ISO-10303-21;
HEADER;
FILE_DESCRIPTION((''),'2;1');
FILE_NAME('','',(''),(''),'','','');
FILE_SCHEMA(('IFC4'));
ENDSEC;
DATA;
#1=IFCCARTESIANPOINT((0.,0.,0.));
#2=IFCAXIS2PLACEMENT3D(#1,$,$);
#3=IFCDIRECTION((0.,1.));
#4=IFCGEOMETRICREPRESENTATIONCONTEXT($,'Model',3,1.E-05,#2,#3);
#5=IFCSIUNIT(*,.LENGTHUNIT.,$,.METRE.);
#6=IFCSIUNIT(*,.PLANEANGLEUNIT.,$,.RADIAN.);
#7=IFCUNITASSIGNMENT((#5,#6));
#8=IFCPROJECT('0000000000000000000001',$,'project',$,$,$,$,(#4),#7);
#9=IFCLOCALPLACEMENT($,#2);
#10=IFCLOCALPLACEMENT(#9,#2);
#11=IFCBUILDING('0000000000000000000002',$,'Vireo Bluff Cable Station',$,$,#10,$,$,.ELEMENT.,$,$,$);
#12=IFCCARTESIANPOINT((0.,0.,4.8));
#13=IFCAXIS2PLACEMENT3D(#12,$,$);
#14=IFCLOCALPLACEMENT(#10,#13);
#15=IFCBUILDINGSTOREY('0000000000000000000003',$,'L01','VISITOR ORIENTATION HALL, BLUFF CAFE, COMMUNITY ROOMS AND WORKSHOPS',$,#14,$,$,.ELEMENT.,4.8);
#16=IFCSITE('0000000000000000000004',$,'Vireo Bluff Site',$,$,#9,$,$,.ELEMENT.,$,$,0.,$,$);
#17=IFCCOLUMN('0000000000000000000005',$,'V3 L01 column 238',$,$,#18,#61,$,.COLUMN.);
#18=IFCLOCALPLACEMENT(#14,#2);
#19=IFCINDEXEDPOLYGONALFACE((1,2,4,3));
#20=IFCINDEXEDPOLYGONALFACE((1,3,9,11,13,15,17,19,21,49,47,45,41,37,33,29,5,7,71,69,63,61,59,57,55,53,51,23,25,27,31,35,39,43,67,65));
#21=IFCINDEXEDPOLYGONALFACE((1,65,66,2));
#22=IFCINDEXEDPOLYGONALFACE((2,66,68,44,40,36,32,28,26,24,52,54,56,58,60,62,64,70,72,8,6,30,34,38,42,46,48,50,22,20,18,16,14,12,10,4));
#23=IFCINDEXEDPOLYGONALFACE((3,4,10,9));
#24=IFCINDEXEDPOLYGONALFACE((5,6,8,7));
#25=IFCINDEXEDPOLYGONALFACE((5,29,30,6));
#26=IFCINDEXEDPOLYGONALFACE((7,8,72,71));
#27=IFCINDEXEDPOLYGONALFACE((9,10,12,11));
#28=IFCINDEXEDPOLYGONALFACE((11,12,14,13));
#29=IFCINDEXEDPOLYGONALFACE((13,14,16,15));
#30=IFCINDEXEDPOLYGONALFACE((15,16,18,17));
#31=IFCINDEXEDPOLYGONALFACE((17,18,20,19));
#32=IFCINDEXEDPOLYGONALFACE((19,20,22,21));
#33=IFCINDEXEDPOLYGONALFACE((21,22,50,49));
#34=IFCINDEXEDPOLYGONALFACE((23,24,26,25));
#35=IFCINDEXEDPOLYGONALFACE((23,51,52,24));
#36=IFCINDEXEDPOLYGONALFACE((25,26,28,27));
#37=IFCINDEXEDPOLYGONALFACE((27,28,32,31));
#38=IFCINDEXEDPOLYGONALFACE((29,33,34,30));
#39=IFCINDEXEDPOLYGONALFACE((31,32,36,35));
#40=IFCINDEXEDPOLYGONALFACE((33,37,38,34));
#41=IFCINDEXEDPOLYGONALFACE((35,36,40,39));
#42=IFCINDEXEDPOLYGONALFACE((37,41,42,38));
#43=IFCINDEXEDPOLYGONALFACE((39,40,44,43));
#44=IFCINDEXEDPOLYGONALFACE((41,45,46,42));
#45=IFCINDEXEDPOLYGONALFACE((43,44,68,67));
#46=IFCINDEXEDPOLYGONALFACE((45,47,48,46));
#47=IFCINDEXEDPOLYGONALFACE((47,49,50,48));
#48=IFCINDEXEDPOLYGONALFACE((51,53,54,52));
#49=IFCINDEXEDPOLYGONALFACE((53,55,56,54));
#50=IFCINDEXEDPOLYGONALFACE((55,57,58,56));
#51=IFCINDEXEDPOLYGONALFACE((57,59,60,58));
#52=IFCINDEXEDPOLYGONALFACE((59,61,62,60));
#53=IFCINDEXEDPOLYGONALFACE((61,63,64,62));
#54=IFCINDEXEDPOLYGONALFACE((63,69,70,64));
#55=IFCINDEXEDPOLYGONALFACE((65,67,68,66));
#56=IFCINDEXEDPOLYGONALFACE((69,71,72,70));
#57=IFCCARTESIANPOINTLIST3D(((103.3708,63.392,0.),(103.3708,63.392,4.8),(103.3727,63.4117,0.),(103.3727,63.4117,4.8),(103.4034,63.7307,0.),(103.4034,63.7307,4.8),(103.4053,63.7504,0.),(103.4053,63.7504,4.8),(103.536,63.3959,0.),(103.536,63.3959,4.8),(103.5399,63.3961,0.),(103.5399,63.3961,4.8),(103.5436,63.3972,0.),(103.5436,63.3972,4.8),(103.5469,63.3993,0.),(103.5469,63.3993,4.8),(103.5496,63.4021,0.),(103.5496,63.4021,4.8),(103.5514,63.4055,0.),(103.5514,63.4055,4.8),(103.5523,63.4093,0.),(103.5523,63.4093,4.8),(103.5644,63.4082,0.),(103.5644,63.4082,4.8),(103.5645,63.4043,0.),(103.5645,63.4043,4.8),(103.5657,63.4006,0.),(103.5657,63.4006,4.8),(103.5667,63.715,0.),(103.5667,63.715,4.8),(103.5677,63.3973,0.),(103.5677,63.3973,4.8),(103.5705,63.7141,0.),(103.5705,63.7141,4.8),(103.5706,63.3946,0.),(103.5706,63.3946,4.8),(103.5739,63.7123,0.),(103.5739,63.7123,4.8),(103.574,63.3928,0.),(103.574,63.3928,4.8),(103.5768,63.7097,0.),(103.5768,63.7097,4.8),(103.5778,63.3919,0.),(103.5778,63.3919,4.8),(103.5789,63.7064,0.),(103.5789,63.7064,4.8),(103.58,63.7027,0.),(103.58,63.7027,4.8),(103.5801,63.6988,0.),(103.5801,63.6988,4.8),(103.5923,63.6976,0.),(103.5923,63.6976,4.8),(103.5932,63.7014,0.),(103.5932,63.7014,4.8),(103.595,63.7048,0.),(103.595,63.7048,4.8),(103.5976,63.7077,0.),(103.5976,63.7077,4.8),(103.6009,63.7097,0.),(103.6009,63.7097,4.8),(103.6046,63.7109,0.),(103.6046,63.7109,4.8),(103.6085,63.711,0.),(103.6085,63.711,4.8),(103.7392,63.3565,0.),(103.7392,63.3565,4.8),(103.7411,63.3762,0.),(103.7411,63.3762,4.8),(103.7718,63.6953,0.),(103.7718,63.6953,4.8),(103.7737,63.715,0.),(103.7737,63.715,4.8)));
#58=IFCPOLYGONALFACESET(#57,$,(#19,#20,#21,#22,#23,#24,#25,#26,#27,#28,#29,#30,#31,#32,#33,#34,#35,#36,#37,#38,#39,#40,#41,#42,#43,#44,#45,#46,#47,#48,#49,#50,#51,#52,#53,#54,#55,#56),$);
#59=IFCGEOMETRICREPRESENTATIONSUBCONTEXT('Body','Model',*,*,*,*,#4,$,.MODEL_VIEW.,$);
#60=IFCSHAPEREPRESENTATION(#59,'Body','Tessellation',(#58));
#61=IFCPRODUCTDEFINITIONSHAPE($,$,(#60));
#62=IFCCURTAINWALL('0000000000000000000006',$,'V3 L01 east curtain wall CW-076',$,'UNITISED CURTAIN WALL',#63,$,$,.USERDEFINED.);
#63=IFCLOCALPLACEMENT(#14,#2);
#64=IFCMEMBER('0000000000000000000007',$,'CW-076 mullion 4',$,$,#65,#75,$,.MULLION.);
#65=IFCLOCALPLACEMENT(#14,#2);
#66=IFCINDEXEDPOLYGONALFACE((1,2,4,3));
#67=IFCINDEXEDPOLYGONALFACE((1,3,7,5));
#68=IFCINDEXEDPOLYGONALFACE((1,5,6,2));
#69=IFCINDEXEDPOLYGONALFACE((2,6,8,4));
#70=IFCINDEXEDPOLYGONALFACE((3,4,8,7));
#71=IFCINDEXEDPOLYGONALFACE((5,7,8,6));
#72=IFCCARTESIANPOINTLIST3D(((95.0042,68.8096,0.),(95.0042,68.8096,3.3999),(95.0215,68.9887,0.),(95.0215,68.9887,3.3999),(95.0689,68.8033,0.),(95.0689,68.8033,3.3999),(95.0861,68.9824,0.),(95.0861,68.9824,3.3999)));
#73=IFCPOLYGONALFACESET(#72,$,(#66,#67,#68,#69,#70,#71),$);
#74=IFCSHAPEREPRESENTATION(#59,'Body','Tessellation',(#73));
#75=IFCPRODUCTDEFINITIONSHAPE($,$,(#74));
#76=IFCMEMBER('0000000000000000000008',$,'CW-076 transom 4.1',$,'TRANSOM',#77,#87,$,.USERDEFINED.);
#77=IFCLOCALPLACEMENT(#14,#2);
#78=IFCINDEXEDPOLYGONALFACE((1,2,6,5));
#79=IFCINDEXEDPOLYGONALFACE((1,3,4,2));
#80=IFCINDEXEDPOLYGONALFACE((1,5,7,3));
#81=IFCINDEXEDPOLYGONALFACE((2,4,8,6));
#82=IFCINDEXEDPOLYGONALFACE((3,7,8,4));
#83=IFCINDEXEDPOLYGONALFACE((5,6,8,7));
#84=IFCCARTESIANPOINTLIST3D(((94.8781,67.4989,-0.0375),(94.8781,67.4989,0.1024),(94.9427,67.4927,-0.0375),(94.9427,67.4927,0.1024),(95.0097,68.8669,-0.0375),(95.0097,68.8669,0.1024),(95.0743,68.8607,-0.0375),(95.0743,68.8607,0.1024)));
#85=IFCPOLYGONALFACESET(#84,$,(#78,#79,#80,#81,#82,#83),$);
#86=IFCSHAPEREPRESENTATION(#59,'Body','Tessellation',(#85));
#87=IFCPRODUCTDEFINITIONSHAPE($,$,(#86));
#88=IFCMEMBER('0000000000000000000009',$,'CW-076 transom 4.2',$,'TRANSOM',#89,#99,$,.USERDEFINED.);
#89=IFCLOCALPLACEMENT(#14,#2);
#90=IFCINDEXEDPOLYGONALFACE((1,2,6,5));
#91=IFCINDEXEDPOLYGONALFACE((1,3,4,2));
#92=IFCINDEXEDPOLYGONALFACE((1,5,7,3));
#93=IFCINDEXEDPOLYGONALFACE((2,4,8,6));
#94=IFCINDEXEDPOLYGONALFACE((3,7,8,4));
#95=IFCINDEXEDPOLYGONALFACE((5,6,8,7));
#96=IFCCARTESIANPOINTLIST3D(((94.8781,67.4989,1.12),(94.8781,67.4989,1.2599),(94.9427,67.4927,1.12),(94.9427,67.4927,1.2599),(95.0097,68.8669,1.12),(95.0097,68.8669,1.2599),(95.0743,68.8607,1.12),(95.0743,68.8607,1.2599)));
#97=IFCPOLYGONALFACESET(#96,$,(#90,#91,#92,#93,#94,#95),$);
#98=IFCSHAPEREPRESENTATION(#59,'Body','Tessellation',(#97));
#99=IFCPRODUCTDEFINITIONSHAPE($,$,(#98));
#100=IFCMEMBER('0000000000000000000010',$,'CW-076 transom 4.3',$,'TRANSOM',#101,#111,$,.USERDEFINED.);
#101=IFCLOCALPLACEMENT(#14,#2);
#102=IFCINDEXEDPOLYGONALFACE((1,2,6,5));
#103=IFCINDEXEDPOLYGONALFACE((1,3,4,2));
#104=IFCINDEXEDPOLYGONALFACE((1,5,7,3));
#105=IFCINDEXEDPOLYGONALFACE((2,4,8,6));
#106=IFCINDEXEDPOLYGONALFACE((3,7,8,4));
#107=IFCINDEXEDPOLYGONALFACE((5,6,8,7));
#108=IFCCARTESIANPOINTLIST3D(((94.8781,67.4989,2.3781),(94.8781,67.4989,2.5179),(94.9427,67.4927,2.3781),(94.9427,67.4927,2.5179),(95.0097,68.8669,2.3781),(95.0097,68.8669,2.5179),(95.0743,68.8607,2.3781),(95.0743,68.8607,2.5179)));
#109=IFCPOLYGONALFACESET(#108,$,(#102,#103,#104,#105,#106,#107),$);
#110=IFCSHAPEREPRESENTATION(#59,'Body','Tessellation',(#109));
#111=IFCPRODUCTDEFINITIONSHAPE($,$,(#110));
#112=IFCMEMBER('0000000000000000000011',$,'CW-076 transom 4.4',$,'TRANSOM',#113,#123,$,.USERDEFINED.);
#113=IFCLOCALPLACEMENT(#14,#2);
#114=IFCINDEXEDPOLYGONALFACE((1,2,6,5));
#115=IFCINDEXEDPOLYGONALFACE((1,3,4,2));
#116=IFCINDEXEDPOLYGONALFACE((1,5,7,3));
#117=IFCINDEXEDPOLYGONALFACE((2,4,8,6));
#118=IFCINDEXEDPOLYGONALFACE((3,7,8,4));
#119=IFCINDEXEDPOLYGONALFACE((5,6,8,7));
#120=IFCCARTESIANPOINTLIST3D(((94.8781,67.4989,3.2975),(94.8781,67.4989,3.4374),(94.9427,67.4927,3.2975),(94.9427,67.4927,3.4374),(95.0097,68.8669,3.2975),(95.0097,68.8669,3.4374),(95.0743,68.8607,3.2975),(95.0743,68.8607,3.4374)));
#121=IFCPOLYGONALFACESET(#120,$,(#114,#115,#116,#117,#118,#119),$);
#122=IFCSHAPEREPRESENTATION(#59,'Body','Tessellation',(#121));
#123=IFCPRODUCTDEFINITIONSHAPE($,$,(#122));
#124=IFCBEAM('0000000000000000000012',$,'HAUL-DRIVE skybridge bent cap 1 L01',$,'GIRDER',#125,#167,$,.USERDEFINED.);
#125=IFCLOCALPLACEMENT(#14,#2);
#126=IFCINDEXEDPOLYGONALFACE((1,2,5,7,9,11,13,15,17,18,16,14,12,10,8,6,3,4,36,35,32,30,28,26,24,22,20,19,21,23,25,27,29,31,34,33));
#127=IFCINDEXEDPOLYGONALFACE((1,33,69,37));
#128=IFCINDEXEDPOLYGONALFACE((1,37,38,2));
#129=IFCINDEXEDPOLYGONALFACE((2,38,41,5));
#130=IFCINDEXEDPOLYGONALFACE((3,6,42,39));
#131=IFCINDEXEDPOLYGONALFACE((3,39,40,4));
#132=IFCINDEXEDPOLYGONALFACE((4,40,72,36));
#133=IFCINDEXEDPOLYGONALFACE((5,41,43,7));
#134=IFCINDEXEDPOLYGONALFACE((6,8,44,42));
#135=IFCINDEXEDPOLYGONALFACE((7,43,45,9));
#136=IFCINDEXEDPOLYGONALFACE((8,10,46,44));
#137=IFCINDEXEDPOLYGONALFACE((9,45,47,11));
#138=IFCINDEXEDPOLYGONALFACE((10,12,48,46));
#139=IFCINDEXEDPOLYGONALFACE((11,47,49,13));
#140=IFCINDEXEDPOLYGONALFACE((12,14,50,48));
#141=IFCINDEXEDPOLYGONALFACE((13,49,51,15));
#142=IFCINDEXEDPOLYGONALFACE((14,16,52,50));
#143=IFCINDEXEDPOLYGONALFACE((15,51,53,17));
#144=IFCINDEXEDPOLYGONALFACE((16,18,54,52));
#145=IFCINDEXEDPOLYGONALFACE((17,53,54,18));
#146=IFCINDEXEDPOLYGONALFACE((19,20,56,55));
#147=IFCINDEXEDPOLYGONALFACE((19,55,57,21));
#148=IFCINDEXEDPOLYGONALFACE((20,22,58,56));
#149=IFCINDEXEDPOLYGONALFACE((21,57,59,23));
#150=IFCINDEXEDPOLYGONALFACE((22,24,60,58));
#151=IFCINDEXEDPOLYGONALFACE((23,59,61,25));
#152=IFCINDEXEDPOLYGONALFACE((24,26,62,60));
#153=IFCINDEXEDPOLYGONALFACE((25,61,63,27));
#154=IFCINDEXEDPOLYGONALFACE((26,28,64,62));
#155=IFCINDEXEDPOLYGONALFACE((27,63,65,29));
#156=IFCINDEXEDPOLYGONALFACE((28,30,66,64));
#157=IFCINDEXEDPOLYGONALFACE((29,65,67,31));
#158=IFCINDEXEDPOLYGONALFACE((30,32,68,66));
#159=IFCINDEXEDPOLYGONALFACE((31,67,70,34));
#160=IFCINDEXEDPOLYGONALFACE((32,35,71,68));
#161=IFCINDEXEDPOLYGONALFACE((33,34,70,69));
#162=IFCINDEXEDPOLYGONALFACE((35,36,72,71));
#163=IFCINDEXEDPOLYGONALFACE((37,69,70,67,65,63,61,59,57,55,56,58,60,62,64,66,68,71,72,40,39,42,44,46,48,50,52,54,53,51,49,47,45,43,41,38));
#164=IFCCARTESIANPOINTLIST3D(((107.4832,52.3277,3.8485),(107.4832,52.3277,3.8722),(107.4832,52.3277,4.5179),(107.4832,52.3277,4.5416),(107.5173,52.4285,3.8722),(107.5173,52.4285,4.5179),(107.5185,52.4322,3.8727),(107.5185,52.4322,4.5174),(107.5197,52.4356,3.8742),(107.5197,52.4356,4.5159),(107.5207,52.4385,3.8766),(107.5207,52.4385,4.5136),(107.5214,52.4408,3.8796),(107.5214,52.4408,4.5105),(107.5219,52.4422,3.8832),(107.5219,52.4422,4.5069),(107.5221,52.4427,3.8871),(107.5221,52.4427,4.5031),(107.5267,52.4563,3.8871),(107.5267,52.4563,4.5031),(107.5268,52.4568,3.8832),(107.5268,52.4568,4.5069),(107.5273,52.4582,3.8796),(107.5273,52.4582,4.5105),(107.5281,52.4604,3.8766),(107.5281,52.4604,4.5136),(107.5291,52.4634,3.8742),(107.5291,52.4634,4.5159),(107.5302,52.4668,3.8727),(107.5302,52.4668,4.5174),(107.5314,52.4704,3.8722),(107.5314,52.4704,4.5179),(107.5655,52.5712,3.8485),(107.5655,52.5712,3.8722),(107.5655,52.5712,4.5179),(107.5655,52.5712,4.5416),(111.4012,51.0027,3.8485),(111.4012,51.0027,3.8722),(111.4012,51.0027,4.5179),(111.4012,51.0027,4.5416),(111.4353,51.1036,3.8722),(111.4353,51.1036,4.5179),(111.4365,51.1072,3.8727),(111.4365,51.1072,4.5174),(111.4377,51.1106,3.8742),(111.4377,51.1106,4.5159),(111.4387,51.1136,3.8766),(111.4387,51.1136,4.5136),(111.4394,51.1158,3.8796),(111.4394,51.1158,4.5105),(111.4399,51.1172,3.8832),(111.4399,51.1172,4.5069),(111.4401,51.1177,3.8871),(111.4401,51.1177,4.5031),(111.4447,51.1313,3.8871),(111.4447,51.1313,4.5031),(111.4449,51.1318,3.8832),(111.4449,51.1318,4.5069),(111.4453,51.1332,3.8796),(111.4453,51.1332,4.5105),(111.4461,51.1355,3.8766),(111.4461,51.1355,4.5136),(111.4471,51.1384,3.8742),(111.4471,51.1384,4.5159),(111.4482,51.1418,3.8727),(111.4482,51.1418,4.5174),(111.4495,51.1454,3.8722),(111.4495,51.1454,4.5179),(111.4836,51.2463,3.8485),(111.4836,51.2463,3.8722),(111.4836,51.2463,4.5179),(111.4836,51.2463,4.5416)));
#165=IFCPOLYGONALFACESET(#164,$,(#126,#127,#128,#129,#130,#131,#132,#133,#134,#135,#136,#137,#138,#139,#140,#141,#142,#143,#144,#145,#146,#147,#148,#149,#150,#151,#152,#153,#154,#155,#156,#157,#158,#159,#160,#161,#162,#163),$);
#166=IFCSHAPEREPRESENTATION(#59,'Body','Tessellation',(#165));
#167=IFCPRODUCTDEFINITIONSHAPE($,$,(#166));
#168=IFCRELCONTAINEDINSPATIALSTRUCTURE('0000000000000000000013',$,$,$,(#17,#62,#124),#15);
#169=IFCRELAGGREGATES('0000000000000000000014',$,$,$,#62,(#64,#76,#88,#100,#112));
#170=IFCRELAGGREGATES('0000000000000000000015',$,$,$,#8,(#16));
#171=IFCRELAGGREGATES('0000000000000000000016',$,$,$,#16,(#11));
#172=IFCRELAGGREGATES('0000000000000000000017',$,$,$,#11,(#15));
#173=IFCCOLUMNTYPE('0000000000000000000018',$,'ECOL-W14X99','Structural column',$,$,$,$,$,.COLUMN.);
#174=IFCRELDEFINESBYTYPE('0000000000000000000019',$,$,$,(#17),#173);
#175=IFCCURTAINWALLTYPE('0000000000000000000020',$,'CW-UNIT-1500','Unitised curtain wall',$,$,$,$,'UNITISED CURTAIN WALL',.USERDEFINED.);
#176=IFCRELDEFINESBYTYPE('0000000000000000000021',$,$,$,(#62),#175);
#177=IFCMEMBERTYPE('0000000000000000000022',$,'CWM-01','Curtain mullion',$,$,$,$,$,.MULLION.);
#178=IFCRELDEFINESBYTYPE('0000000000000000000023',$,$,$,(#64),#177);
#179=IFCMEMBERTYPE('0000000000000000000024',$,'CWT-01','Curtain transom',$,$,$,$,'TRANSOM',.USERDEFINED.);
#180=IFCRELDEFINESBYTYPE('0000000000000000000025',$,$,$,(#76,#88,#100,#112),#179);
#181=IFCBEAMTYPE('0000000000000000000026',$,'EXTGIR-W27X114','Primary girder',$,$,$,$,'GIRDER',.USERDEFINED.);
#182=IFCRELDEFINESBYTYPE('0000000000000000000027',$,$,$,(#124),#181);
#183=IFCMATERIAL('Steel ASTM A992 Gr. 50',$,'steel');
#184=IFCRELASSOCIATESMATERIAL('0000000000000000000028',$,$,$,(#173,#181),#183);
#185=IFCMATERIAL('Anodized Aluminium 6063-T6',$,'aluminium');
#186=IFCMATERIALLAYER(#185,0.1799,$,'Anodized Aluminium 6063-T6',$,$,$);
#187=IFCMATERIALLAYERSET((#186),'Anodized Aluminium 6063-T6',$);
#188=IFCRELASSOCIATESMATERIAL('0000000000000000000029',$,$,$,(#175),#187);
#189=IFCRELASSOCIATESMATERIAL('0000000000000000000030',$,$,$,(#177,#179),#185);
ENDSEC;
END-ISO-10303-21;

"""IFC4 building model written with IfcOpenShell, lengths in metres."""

from ifc_helpers import new_model, si_unit, direction, frame, origin, origin_2d, place, context, subcontext, project, spatial, rectangle, i_section, extrude, material, layer, layer_set, material_profile, profile_set, type_object, element, aggregate, save


model = new_model("IFC4")

# Units and contexts
model_context = context("Model", 3, precision=1e-05, world=origin(), true_north=direction((0.0, 1.0)))
body_context = subcontext(model_context, "Body", "Model", "MODEL_VIEW")
ifc_project = project(units=[si_unit("LENGTHUNIT", "METRE"), si_unit("PLANEANGLEUNIT", "RADIAN")], contexts=[model_context])

# Site, building, storey
site_placement = place(None, origin())
site = spatial("IfcSite", under=ifc_project, at=site_placement, Name="Vireo Bluff Site", CompositionType="ELEMENT", RefElevation=0.0)
building_placement = place(site_placement, origin())
building = spatial("IfcBuilding", under=site, at=building_placement, Name="Vireo Bluff Cable Station", CompositionType="ELEMENT")
storey_placement = place(building_placement, frame((0.0, 0.0, 4.8)))
storey = spatial("IfcBuildingStorey", under=building, at=storey_placement, Name="L01", Description="VISITOR ORIENTATION HALL, BLUFF CAFE, COMMUNITY ROOMS AND WORKSHOPS", CompositionType="ELEMENT", Elevation=4.8)

# Column
ifc_material_1 = material(Name="Steel ASTM A992 Gr. 50", Category="steel")
ifc_material_profile_1 = material_profile(ifc_material_1, i_section(OverallWidth=0.3701, OverallDepth=0.3601, WebThickness=0.0122, FlangeThickness=0.0198, FilletRadius=0.0149, at=origin_2d()), Name="W14X99")
ifc_profile_set_1 = profile_set([ifc_material_profile_1], Name="Steel ASTM A992 Gr. 50")
column_type_1 = type_object("IfcColumnType", Name="ECOL-W14X99", Description="Structural column", PredefinedType="COLUMN", material=ifc_profile_set_1)
column_placement = place(storey_placement, frame((103.5723, 63.5535, 0.0), z_axis=(0.0, 0.0, 1.0), x_axis=(0.995396, -0.095846, 0.0)))
element("IfcColumn", 1, at=column_placement, inside=storey, type_object=column_type_1, Name="V3 L01 column 238", PredefinedType="COLUMN", context=body_context, shape_type="SweptSolid", body=[
    extrude(i_section(OverallWidth=0.3701, OverallDepth=0.3601, WebThickness=0.0122, FlangeThickness=0.0198, FilletRadius=0.0149, at=origin_2d()), origin(), (0.0, 0.0, 1.0), 4.8),
])

# Curtain wall, members
ifc_material_2 = material(Name="Anodized Aluminium 6063-T6", Category="aluminium")
ifc_layer_1 = layer(ifc_material_2, 0.1799, Name="Anodized Aluminium 6063-T6")
ifc_layer_set_1 = layer_set([ifc_layer_1], Name="Anodized Aluminium 6063-T6")
curtain_wall_type = type_object("IfcCurtainWallType", Name="CW-UNIT-1500", Description="Unitised curtain wall", ElementType="UNITISED CURTAIN WALL", PredefinedType="USERDEFINED", material=ifc_layer_set_1)
curtain_wall_placement = place(storey_placement, origin())
curtain_wall = element("IfcCurtainWall", 2, at=curtain_wall_placement, inside=storey, type_object=curtain_wall_type, Name="V3 L01 east curtain wall CW-076", ObjectType="UNITISED CURTAIN WALL", PredefinedType="USERDEFINED")
ifc_material_profile_2 = material_profile(ifc_material_2, rectangle(XDim=0.0649, YDim=0.1799, at=origin_2d()), Name="ALU-M-65X180")
ifc_profile_set_2 = profile_set([ifc_material_profile_2], Name="Anodized Aluminium 6063-T6")
member_type_1 = type_object("IfcMemberType", Name="CWM-01", Description="Curtain mullion", PredefinedType="MULLION", material=ifc_profile_set_2)
member_1_placement = place(storey_placement, frame((95.0452, 68.896, 0.0), z_axis=(0.0, 0.0, 1.0), x_axis=(0.995396, -0.095846, 0.0)))
member_1 = element("IfcMember", 3, at=member_1_placement, type_object=member_type_1, Name="CW-076 mullion 4", PredefinedType="MULLION", context=body_context, shape_type="SweptSolid", body=[
    extrude(rectangle(XDim=0.0649, YDim=0.1799, at=origin_2d()), origin(), (0.0, 0.0, 1.0), 3.3999),
])
ifc_material_profile_3 = material_profile(ifc_material_2, rectangle(XDim=0.0649, YDim=0.1399, at=origin_2d()), Name="ALU-T-65X140")
ifc_profile_set_3 = profile_set([ifc_material_profile_3], Name="Anodized Aluminium 6063-T6")
member_type_2 = type_object("IfcMemberType", Name="CWT-01", Description="Curtain transom", ElementType="TRANSOM", PredefinedType="USERDEFINED", material=ifc_profile_set_3)
member_2_placement = place(storey_placement, frame((95.042, 68.8638, 0.0325), z_axis=(-0.095756, -0.995405, 0.0), x_axis=(0.995405, -0.095756, 0.0)))
member_2 = element("IfcMember", 4, at=member_2_placement, type_object=member_type_2, Name="CW-076 transom 4.1", ObjectType="TRANSOM", PredefinedType="USERDEFINED", context=body_context, shape_type="SweptSolid", body=[
    extrude(rectangle(XDim=0.0649, YDim=0.1399, at=origin_2d()), origin(), (0.0, 0.0, 1.0), 1.3743),
])
member_3_placement = place(storey_placement, frame((95.042, 68.8638, 1.1899), z_axis=(-0.095756, -0.995405, 0.0), x_axis=(0.995405, -0.095756, 0.0)))
member_3 = element("IfcMember", 5, at=member_3_placement, type_object=member_type_2, Name="CW-076 transom 4.2", ObjectType="TRANSOM", PredefinedType="USERDEFINED", context=body_context, shape_type="SweptSolid", body=[
    extrude(rectangle(XDim=0.0649, YDim=0.1399, at=origin_2d()), origin(), (0.0, 0.0, 1.0), 1.3743),
])
member_4_placement = place(storey_placement, frame((95.042, 68.8638, 2.448), z_axis=(-0.095756, -0.995405, 0.0), x_axis=(0.995405, -0.095756, 0.0)))
member_4 = element("IfcMember", 6, at=member_4_placement, type_object=member_type_2, Name="CW-076 transom 4.3", ObjectType="TRANSOM", PredefinedType="USERDEFINED", context=body_context, shape_type="SweptSolid", body=[
    extrude(rectangle(XDim=0.0649, YDim=0.1399, at=origin_2d()), origin(), (0.0, 0.0, 1.0), 1.3743),
])
member_5_placement = place(storey_placement, frame((95.042, 68.8638, 3.3674), z_axis=(-0.095756, -0.995405, 0.0), x_axis=(0.995405, -0.095756, 0.0)))
member_5 = element("IfcMember", 7, at=member_5_placement, type_object=member_type_2, Name="CW-076 transom 4.4", ObjectType="TRANSOM", PredefinedType="USERDEFINED", context=body_context, shape_type="SweptSolid", body=[
    extrude(rectangle(XDim=0.0649, YDim=0.1399, at=origin_2d()), origin(), (0.0, 0.0, 1.0), 1.3743),
])

# Beam
ifc_material_profile_4 = material_profile(ifc_material_1, i_section(OverallWidth=0.2571, OverallDepth=0.6931, WebThickness=0.0144, FlangeThickness=0.0237, FilletRadius=0.0149, at=origin_2d()), Name="W27X114")
ifc_profile_set_4 = profile_set([ifc_material_profile_4], Name="Steel ASTM A992 Gr. 50")
beam_type_1 = type_object("IfcBeamType", Name="EXTGIR-W27X114", Description="Primary girder", ElementType="GIRDER", PredefinedType="USERDEFINED", material=ifc_profile_set_4)
for number, where, z_axis, x_axis, name in (
    (8, (111.4424, 51.1245, 4.1951), (-0.947299, 0.320351, 0.0), (-0.320351, -0.947299, 0.0), "HAUL-DRIVE skybridge bent cap 1 L01"),
):
    element("IfcBeam", number, at=place(storey_placement, frame(where, z_axis=z_axis, x_axis=x_axis)), inside=storey, type_object=beam_type_1, Name=name, ObjectType="GIRDER", PredefinedType="USERDEFINED", context=body_context, shape_type="SweptSolid", body=[
        extrude(i_section(OverallWidth=0.2571, OverallDepth=0.6931, WebThickness=0.0144, FlangeThickness=0.0237, FilletRadius=0.0149, at=origin_2d()), origin(), (0.0, 0.0, 1.0), 4.136),
    ])

aggregate(curtain_wall, [member_1, member_2, member_3, member_4, member_5])

save(model, "model.ifc")
